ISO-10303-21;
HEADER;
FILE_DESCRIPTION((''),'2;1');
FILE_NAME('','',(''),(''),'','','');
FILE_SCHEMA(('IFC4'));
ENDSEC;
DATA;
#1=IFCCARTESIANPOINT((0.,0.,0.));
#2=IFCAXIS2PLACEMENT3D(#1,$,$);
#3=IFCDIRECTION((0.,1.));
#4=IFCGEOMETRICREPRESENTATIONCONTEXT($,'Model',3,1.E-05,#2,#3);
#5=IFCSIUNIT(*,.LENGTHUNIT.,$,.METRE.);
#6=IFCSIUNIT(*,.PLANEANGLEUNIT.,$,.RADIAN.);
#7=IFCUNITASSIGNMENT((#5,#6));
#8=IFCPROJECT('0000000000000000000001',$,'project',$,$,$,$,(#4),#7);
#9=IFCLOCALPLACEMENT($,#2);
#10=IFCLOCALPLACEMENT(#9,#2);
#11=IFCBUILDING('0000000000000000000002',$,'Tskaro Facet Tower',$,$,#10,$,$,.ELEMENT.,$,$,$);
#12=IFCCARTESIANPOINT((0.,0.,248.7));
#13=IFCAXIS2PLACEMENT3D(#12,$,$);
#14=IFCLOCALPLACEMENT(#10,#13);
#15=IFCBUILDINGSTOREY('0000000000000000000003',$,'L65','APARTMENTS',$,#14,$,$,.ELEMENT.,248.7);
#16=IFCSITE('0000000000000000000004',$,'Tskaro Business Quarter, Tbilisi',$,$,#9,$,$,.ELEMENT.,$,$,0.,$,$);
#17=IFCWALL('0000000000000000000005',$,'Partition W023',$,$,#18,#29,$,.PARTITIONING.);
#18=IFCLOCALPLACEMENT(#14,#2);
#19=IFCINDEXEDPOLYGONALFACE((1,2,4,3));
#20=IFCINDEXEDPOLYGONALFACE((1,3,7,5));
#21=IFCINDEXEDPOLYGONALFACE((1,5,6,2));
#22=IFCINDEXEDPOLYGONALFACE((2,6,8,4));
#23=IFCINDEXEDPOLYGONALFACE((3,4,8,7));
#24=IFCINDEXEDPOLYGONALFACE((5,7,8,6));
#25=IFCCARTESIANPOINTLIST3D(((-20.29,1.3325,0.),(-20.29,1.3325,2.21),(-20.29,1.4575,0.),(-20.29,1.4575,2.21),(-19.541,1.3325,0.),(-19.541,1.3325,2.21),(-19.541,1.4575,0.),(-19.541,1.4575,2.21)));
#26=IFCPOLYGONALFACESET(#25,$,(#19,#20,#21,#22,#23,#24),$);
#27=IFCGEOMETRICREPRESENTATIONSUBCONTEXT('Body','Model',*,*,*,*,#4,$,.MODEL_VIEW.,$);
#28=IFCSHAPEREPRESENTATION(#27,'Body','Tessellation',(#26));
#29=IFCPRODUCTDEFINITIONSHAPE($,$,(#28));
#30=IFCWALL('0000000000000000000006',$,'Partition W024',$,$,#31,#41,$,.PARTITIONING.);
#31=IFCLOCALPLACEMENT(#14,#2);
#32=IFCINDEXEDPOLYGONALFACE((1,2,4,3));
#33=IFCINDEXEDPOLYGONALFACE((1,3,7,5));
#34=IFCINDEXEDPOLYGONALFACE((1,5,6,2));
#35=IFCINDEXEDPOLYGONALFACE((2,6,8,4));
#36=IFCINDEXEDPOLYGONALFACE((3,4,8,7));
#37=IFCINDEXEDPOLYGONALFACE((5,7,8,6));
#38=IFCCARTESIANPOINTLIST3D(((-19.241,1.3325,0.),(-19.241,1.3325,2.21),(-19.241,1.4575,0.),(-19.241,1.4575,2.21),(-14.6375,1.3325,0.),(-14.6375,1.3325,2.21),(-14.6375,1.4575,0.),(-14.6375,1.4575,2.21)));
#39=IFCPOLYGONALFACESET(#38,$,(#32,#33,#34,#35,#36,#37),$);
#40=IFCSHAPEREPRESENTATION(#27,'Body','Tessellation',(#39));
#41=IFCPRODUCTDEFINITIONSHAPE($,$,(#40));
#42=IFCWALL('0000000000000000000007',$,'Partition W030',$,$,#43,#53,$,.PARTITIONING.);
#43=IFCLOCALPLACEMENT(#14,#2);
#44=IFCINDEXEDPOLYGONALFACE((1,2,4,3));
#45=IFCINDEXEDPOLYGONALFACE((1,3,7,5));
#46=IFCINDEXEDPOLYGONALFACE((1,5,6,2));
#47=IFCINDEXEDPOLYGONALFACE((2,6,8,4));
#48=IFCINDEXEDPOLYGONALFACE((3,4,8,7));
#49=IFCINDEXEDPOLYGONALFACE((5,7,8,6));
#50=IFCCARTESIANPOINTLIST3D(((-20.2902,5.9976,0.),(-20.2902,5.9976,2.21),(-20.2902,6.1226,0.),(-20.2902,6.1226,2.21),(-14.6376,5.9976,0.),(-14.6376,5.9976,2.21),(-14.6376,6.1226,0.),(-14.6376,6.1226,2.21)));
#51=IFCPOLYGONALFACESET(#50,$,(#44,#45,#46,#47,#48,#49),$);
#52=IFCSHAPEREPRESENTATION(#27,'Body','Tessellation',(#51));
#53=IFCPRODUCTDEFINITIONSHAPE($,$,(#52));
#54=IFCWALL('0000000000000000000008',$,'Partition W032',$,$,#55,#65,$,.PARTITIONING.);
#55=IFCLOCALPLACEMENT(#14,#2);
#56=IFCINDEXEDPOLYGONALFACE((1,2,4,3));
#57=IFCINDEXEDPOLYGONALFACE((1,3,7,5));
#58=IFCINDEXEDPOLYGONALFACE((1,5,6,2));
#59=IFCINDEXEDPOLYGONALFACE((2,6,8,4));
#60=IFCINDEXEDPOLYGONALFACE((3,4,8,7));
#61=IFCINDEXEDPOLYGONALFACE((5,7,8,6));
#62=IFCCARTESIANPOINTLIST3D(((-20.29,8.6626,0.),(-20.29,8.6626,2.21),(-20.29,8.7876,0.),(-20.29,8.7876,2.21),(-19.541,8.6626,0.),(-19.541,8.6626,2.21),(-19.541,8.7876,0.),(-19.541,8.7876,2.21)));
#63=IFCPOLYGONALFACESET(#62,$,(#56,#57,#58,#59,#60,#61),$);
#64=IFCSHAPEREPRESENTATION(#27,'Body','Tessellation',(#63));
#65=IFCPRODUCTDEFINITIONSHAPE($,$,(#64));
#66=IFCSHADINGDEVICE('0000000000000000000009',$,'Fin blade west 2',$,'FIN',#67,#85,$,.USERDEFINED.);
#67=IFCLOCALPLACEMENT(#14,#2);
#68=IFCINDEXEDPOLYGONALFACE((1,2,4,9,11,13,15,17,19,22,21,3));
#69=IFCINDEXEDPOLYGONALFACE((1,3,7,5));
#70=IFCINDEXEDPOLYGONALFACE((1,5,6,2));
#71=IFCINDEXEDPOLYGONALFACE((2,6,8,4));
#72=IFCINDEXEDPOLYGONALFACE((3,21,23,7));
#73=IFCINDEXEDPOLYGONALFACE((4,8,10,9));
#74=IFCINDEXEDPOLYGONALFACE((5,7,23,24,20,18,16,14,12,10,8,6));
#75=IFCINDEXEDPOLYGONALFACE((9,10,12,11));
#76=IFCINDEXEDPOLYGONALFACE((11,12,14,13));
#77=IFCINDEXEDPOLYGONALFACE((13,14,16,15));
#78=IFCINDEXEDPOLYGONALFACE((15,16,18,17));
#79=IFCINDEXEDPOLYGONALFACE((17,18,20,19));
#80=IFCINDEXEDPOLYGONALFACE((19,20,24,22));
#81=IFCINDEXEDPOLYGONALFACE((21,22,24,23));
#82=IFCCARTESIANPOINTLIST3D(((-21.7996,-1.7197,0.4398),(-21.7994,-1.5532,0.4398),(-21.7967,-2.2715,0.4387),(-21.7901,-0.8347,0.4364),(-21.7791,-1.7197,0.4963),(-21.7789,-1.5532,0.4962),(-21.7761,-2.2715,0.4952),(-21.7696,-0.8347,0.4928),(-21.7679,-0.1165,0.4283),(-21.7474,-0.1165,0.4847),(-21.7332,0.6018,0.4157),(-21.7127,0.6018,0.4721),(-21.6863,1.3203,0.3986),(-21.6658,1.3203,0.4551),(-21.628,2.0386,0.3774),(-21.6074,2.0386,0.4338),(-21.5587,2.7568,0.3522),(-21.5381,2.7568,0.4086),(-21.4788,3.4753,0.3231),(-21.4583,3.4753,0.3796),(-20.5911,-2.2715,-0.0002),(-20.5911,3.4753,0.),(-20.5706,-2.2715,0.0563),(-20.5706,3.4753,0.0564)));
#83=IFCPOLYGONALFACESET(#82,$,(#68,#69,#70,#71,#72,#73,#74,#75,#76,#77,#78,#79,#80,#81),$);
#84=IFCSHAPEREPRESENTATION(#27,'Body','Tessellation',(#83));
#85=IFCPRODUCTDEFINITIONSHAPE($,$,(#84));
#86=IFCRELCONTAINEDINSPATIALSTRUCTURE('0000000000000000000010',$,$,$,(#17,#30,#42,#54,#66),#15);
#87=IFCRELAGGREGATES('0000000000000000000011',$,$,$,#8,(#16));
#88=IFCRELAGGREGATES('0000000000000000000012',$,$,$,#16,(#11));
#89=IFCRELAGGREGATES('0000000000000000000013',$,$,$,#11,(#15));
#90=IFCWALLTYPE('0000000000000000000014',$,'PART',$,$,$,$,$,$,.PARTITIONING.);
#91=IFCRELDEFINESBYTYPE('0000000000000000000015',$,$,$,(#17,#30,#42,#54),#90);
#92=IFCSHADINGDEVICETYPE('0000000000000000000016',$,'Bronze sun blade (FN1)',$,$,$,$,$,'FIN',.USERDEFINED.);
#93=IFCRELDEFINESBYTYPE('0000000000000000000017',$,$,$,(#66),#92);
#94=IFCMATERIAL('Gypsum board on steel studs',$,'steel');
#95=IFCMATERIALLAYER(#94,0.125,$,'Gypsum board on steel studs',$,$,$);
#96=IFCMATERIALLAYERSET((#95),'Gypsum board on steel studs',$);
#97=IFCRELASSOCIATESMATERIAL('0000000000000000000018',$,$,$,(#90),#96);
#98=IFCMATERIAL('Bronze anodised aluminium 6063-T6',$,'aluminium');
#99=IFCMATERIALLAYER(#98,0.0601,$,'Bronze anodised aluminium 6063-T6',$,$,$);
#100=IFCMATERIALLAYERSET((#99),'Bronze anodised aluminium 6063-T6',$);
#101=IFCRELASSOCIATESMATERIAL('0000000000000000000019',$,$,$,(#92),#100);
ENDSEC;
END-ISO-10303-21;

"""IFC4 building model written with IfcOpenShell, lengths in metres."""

from ifc_helpers import new_model, si_unit, direction, frame, frame_2d, origin, place, context, subcontext, project, spatial, polyline, rectangle, outline, extrude, material, layer, layer_set, type_object, element, save


model = new_model("IFC4")

# Units and contexts
model_context = context("Model", 3, precision=1e-05, world=origin(), true_north=direction((0.0, 1.0)))
body_context = subcontext(model_context, "Body", "Model", "MODEL_VIEW")
ifc_project = project(units=[si_unit("LENGTHUNIT", "METRE"), si_unit("PLANEANGLEUNIT", "RADIAN")], contexts=[model_context])

# Site, building, storey
site_placement = place(None, origin())
site = spatial("IfcSite", under=ifc_project, at=site_placement, Name="Tskaro Business Quarter, Tbilisi", CompositionType="ELEMENT", RefElevation=0.0)
building_placement = place(site_placement, origin())
building = spatial("IfcBuilding", under=site, at=building_placement, Name="Tskaro Facet Tower", CompositionType="ELEMENT")
storey_placement = place(building_placement, frame((0.0, 0.0, 248.7)))
storey = spatial("IfcBuildingStorey", under=building, at=storey_placement, Name="L65", Description="APARTMENTS", CompositionType="ELEMENT", Elevation=248.7)

# Shared definitions
ifc_material_1 = material(Name="Bronze anodised aluminium 6063-T6", Category="aluminium")

# Walls
ifc_material_2 = material(Name="Gypsum board on steel studs", Category="steel")
ifc_layer_1 = layer(ifc_material_2, 0.125, Name="Gypsum board on steel studs")
ifc_layer_set_1 = layer_set([ifc_layer_1], Name="Gypsum board on steel studs")
wall_type = type_object("IfcWallType", Name="PART", PredefinedType="PARTITIONING", material=ifc_layer_set_1)
wall_1_placement = place(storey_placement, frame((-20.29, 1.395, 0.0), z_axis=(0.0, 0.0, 1.0), x_axis=(1.0, 0.0, 0.0)))
element("IfcWall", 1, at=wall_1_placement, inside=storey, type_object=wall_type, Name="Partition W023", PredefinedType="PARTITIONING", context=body_context, shape_type="SweptSolid", body=[
    extrude(rectangle(XDim=0.749, YDim=0.125, at=frame_2d((0.3745, 0.0))), origin(), (0.0, 0.0, 1.0), 2.21),
])
wall_2_placement = place(storey_placement, frame((-19.241, 1.395, 0.0), z_axis=(0.0, 0.0, 1.0), x_axis=(1.0, 0.0, 0.0)))
element("IfcWall", 2, at=wall_2_placement, inside=storey, type_object=wall_type, Name="Partition W024", PredefinedType="PARTITIONING", context=body_context, shape_type="SweptSolid", body=[
    extrude(rectangle(XDim=4.6035, YDim=0.125, at=frame_2d((2.3018, 0.0))), origin(), (0.0, 0.0, 1.0), 2.21),
])
wall_3_placement = place(storey_placement, frame((-20.29, 6.0601, 0.0), z_axis=(0.0, 0.0, 1.0), x_axis=(1.0, 0.0, 0.0)))
element("IfcWall", 3, at=wall_3_placement, inside=storey, type_object=wall_type, Name="Partition W030", PredefinedType="PARTITIONING", context=body_context, shape_type="SweptSolid", body=[
    extrude(rectangle(XDim=5.6526, YDim=0.125, at=frame_2d((2.8262, 0.0))), origin(), (0.0, 0.0, 1.0), 2.21),
])
wall_4_placement = place(storey_placement, frame((-20.29, 8.7251, 0.0), z_axis=(0.0, 0.0, 1.0), x_axis=(1.0, 0.0, 0.0)))
element("IfcWall", 4, at=wall_4_placement, inside=storey, type_object=wall_type, Name="Partition W032", PredefinedType="PARTITIONING", context=body_context, shape_type="SweptSolid", body=[
    extrude(rectangle(XDim=0.749, YDim=0.125, at=frame_2d((0.3745, 0.0))), origin(), (0.0, 0.0, 1.0), 2.21),
])

# Shading device
ifc_layer_2 = layer(ifc_material_1, 0.0601, Name="Bronze anodised aluminium 6063-T6")
ifc_layer_set_2 = layer_set([ifc_layer_2], Name="Bronze anodised aluminium 6063-T6")
shading_device_type = type_object("IfcShadingDeviceType", Name="Bronze sun blade (FN1)", ElementType="FIN", PredefinedType="USERDEFINED", material=ifc_layer_set_2)
shading_device_placement = place(storey_placement, frame((-20.5706, 3.4753, 0.0564), z_axis=(0.342098, -0.000021, 0.939664), x_axis=(-0.000007, -1.0, -0.00002)))
element("IfcShadingDevice", 5, at=shading_device_placement, inside=storey, type_object=shading_device_type, Name="Fin blade west 2", ObjectType="FIN", PredefinedType="USERDEFINED", context=body_context, shape_type="SweptSolid", body=[
    extrude(outline(polyline([(0.0, 0.0), (5.7468, 0.0), (5.7468, -1.2829), (5.1951, -1.2861), (5.0286, -1.2859), (4.3101, -1.276), (3.5918, -1.2523), (2.8735, -1.2154), (2.155, -1.1655), (1.4368, -1.1034), (0.7185, -1.0297), (0.0, -0.9447), (0.0, 0.0)])), origin(), (0.0, 0.0, -1.0), 0.0601),
])

save(model, "model.ifc")
